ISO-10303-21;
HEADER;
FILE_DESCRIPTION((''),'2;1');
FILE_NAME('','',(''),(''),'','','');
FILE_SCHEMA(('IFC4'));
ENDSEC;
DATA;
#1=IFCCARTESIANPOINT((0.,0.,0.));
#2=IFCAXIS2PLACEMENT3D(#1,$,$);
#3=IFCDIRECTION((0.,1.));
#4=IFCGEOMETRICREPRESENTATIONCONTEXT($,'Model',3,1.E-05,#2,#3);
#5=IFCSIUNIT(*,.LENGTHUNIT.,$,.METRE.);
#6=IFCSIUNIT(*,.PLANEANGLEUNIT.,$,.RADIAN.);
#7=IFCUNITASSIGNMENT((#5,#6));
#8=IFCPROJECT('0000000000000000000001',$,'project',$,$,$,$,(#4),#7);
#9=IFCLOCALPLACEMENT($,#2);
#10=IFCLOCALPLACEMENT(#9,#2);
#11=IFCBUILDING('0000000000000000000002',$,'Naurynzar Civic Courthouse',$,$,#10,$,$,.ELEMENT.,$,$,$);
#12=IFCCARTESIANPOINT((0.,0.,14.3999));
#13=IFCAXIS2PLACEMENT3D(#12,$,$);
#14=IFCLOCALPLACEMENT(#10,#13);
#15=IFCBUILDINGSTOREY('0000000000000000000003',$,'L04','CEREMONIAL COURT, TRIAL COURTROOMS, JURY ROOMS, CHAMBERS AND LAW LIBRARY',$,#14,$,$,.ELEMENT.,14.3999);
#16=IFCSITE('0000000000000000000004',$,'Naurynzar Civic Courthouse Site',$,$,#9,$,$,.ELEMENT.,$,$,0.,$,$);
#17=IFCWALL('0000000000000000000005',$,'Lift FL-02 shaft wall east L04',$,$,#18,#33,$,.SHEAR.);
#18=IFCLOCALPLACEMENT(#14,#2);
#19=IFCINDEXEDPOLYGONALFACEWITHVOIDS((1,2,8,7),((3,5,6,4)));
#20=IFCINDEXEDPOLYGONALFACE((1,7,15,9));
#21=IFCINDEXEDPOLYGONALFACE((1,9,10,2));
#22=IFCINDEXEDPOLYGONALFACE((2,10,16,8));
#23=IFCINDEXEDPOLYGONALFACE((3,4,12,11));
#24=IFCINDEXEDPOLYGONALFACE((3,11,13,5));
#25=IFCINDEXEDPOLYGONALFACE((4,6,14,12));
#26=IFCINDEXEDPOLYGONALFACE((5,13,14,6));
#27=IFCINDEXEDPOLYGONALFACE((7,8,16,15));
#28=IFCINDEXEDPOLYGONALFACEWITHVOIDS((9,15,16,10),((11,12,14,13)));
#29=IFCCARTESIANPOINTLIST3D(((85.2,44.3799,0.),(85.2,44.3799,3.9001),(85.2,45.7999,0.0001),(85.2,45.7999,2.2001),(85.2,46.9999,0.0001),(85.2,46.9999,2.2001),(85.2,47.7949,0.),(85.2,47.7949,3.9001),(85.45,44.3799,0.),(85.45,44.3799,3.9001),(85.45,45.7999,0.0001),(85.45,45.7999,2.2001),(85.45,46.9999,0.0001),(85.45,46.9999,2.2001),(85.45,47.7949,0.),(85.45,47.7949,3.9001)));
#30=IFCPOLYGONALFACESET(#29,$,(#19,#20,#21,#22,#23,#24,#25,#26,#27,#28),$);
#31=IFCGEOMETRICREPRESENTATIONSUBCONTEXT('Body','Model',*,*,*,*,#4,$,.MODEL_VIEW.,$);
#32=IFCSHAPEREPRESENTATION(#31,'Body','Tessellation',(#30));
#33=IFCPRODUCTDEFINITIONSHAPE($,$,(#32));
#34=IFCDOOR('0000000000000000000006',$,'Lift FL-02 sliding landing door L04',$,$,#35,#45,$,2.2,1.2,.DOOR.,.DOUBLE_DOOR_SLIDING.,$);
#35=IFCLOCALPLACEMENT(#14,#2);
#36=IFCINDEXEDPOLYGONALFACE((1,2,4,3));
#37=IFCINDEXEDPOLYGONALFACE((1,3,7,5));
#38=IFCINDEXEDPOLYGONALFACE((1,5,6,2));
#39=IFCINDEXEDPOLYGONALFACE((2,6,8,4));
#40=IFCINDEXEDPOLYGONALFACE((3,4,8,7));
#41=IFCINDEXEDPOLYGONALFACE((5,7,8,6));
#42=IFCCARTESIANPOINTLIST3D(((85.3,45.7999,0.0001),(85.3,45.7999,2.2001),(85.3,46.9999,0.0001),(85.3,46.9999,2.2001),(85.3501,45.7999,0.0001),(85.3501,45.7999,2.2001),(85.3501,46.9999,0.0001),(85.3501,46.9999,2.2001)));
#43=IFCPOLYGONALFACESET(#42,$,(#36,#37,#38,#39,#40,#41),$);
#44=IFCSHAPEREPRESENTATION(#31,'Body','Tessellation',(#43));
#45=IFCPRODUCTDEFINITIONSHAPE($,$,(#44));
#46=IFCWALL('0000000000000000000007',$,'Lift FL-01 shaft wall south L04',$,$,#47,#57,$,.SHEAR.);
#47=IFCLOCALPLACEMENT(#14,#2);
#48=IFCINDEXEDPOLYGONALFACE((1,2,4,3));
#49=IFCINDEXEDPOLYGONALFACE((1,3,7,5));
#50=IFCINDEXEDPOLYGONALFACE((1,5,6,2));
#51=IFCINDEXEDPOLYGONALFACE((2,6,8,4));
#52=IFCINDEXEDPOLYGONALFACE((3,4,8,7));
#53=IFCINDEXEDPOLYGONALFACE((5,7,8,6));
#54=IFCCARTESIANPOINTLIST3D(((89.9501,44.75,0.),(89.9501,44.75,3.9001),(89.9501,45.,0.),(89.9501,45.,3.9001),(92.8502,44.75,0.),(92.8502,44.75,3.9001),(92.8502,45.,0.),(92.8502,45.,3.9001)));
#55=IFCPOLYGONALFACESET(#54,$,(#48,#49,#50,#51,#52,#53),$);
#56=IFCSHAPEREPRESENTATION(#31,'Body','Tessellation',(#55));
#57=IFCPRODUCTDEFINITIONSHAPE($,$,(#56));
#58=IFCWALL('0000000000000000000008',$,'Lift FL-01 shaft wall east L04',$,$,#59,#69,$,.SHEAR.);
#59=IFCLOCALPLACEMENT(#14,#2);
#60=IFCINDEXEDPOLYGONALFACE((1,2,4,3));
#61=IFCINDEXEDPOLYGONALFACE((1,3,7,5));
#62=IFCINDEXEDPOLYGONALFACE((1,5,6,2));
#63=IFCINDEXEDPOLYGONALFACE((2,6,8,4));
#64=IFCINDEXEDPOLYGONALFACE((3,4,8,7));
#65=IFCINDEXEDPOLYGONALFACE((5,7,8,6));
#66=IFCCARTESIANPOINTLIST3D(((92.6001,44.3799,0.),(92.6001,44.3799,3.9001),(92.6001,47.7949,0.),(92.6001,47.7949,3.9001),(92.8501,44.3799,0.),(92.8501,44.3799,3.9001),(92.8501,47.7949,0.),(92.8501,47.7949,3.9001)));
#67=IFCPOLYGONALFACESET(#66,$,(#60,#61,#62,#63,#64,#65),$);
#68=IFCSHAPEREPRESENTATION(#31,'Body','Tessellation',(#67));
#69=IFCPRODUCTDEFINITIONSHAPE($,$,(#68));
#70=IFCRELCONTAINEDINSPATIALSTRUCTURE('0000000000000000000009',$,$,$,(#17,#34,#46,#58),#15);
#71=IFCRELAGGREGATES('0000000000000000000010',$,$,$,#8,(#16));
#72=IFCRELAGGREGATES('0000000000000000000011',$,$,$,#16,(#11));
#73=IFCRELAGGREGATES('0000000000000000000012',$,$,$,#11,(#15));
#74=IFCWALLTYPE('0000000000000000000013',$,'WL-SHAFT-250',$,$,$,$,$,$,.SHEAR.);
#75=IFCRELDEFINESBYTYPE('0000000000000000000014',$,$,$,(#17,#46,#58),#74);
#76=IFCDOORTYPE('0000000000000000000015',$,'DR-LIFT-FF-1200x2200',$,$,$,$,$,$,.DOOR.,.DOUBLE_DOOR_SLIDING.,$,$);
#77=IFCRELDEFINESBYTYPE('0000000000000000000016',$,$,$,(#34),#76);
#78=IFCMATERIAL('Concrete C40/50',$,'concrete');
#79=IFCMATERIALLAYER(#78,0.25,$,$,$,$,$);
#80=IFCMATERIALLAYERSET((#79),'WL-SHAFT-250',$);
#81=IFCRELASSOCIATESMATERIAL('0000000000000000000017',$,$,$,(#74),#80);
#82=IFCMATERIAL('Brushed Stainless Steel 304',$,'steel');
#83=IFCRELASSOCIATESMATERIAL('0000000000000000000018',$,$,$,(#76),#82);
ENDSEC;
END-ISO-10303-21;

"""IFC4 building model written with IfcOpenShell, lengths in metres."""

from ifc_helpers import new_model, si_unit, direction, frame, frame_2d, origin, place, context, subcontext, project, spatial, rectangle, extrude, material, layer, layer_set, type_object, element, fill, save


model = new_model("IFC4")

# Units and contexts
model_context = context("Model", 3, precision=1e-05, world=origin(), true_north=direction((0.0, 1.0)))
body_context = subcontext(model_context, "Body", "Model", "MODEL_VIEW")
ifc_project = project(units=[si_unit("LENGTHUNIT", "METRE"), si_unit("PLANEANGLEUNIT", "RADIAN")], contexts=[model_context])

# Site, building, storey
site_placement = place(None, origin())
site = spatial("IfcSite", under=ifc_project, at=site_placement, Name="Naurynzar Civic Courthouse Site", CompositionType="ELEMENT", RefElevation=0.0)
building_placement = place(site_placement, origin())
building = spatial("IfcBuilding", under=site, at=building_placement, Name="Naurynzar Civic Courthouse", CompositionType="ELEMENT")
storey_placement = place(building_placement, frame((0.0, 0.0, 14.3999)))
storey = spatial("IfcBuildingStorey", under=building, at=storey_placement, Name="L04", Description="CEREMONIAL COURT, TRIAL COURTROOMS, JURY ROOMS, CHAMBERS AND LAW LIBRARY", CompositionType="ELEMENT", Elevation=14.3999)

# Shared definitions
ifc_material_1 = material(Name="Concrete C40/50", Category="concrete")
ifc_layer_1 = layer(ifc_material_1, 0.25)
ifc_layer_set_1 = layer_set([ifc_layer_1], Name="WL-SHAFT-250")
wall_type_1 = type_object("IfcWallType", Name="WL-SHAFT-250", PredefinedType="SHEAR", material=ifc_layer_set_1)

# Wall, opening, door
wall_1_placement = place(storey_placement, frame((85.325, 44.3799, 0.0), z_axis=(0.0, 0.0, 1.0), x_axis=(0.0, 1.0, 0.0)))
wall_1 = element("IfcWall", 1, at=wall_1_placement, inside=storey, type_object=wall_type_1, Name="Lift FL-02 shaft wall east L04", PredefinedType="SHEAR", context=body_context, shape_type="SweptSolid", body=[
    extrude(rectangle(XDim=3.415, YDim=0.25, at=frame_2d((1.7075, 0.0))), origin(), (0.0, 0.0, 1.0), 3.9001),
])
opening_1_placement = place(wall_1_placement, frame((1.4199, 0.0, 0.0)))
opening_1 = element("IfcOpeningElement", 2, at=opening_1_placement, cuts=wall_1, PredefinedType="OPENING", context=body_context, shape_type="SweptSolid", body=[
    extrude(rectangle(XDim=1.2, YDim=2.2, at=frame_2d((0.6001, 1.1001))), frame((0.0, 0.135, 0.0), z_axis=(0.0, -1.0, 0.0), x_axis=(1.0, 0.0, 0.0)), (0.0, 0.0, 1.0), 0.27),
])
ifc_material_2 = material(Name="Brushed Stainless Steel 304", Category="steel")
door_type_1 = type_object("IfcDoorType", Name="DR-LIFT-FF-1200x2200", OperationType="DOUBLE_DOOR_SLIDING", PredefinedType="DOOR", material=ifc_material_2)
door_1_placement = place(opening_1_placement, origin())
door_1 = element("IfcDoor", 3, at=door_1_placement, inside=storey, type_object=door_type_1, Name="Lift FL-02 sliding landing door L04", OperationType="DOUBLE_DOOR_SLIDING", OverallHeight=2.2, OverallWidth=1.2, PredefinedType="DOOR", context=body_context, shape_type="SweptSolid", body=[
    extrude(rectangle(XDim=1.2, YDim=2.2, at=frame_2d((0.6001, 1.1001))), frame((0.0, 0.0249, 0.0), z_axis=(0.0, -1.0, 0.0), x_axis=(1.0, 0.0, 0.0)), (0.0, 0.0, 1.0), 0.05),
])
fill(opening_1, door_1)

# Walls
wall_2_placement = place(storey_placement, frame((89.95, 44.875, 0.0), z_axis=(0.0, 0.0, 1.0), x_axis=(1.0, 0.0, 0.0)))
element("IfcWall", 4, at=wall_2_placement, inside=storey, type_object=wall_type_1, Name="Lift FL-01 shaft wall south L04", PredefinedType="SHEAR", context=body_context, shape_type="SweptSolid", body=[
    extrude(rectangle(XDim=2.9001, YDim=0.25, at=frame_2d((1.4502, 0.0))), origin(), (0.0, 0.0, 1.0), 3.9001),
])
wall_3_placement = place(storey_placement, frame((92.7251, 44.3799, 0.0), z_axis=(0.0, 0.0, 1.0), x_axis=(0.0, 1.0, 0.0)))
element("IfcWall", 5, at=wall_3_placement, inside=storey, type_object=wall_type_1, Name="Lift FL-01 shaft wall east L04", PredefinedType="SHEAR", context=body_context, shape_type="SweptSolid", body=[
    extrude(rectangle(XDim=3.415, YDim=0.25, at=frame_2d((1.7075, 0.0))), origin(), (0.0, 0.0, 1.0), 3.9001),
])

save(model, "model.ifc")
